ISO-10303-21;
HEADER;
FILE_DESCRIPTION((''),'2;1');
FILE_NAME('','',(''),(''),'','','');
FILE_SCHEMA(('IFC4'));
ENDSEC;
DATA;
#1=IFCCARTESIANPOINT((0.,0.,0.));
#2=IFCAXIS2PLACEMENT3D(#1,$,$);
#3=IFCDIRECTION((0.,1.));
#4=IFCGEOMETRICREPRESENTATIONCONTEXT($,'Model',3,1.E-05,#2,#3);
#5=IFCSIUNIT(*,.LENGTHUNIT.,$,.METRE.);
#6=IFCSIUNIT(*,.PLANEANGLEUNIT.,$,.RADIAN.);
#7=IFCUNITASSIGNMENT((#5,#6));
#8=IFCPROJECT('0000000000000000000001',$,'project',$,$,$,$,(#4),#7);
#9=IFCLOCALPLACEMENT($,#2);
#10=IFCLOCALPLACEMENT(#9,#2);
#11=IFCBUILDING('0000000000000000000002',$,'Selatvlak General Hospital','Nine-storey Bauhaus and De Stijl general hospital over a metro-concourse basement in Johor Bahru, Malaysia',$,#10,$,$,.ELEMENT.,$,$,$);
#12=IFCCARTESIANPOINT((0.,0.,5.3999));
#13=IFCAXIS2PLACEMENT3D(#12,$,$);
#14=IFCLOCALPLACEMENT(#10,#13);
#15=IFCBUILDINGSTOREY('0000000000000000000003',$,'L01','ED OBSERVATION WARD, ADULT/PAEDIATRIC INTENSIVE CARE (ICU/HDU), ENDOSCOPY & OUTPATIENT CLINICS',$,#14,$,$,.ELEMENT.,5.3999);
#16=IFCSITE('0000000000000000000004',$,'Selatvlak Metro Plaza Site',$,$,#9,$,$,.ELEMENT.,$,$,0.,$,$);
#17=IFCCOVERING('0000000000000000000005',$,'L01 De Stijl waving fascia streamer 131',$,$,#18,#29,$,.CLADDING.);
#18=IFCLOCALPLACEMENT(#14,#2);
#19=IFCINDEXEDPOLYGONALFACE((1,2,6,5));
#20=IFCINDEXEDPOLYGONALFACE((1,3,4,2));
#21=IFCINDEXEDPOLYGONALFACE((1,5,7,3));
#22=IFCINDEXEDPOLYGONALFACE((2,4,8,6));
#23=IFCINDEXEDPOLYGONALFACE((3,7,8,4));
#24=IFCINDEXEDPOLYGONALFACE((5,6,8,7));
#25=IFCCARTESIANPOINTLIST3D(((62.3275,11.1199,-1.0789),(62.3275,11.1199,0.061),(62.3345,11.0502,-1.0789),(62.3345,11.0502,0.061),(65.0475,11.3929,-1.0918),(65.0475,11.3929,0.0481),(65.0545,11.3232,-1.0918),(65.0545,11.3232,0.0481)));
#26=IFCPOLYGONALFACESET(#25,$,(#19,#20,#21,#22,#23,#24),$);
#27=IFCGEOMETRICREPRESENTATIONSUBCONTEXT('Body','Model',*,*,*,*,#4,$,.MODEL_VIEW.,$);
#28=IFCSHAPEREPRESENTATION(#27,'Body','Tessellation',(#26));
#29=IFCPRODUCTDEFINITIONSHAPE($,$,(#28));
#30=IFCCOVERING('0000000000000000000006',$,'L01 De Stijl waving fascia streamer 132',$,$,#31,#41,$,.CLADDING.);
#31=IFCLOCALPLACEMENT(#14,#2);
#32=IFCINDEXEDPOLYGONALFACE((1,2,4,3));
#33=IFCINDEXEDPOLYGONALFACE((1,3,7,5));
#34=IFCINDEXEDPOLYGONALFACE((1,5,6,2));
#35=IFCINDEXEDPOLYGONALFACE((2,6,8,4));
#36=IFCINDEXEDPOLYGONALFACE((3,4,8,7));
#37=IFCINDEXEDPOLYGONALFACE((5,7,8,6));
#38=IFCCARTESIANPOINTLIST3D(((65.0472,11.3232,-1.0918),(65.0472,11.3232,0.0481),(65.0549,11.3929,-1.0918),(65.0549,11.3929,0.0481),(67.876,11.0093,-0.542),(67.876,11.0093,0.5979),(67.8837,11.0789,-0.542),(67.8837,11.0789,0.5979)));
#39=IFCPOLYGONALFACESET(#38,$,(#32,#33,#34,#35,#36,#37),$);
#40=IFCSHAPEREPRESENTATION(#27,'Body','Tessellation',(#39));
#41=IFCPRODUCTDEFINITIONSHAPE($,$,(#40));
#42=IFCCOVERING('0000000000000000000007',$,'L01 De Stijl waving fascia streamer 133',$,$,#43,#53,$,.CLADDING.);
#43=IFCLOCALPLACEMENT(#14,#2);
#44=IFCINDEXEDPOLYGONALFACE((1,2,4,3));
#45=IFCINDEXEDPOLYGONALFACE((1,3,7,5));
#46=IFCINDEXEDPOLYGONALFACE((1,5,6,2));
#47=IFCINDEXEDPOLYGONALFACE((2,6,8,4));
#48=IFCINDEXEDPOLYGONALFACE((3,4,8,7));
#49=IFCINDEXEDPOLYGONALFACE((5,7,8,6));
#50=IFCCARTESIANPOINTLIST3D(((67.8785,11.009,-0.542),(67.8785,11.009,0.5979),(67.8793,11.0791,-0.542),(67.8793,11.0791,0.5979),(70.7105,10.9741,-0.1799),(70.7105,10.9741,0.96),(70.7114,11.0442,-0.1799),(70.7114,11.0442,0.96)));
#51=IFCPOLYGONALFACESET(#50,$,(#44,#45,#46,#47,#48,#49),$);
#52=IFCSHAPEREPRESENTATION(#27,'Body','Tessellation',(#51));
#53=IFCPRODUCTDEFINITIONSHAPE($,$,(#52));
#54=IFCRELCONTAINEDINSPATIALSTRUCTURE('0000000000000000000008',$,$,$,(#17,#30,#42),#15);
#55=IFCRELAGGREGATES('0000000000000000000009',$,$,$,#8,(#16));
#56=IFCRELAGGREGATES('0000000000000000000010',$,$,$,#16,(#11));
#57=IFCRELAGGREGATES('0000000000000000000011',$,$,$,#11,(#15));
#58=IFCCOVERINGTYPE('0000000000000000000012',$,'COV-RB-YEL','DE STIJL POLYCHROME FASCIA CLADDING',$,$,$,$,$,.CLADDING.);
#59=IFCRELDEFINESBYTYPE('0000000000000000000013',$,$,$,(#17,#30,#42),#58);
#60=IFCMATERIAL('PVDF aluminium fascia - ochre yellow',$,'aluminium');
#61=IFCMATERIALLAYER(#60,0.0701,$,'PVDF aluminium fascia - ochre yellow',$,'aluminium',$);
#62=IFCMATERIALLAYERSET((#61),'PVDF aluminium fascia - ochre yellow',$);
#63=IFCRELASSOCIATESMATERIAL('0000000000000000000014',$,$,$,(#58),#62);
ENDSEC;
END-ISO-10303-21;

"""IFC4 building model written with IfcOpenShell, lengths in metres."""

from ifc_helpers import new_model, si_unit, direction, frame, origin, place, context, subcontext, project, spatial, polyline, outline, extrude, material, layer, layer_set, type_object, element, save


model = new_model("IFC4")

# Units and contexts
model_context = context("Model", 3, precision=1e-05, world=origin(), true_north=direction((0.0, 1.0)))
body_context = subcontext(model_context, "Body", "Model", "MODEL_VIEW")
ifc_project = project(units=[si_unit("LENGTHUNIT", "METRE"), si_unit("PLANEANGLEUNIT", "RADIAN")], contexts=[model_context])

# Site, building, storey
site_placement = place(None, origin())
site = spatial("IfcSite", under=ifc_project, at=site_placement, Name="Selatvlak Metro Plaza Site", CompositionType="ELEMENT", RefElevation=0.0)
building_placement = place(site_placement, origin())
building = spatial("IfcBuilding", under=site, at=building_placement, Name="Selatvlak General Hospital", Description="Nine-storey Bauhaus and De Stijl general hospital over a metro-concourse basement in Johor Bahru, Malaysia", CompositionType="ELEMENT")
storey_placement = place(building_placement, frame((0.0, 0.0, 5.3999)))
storey = spatial("IfcBuildingStorey", under=building, at=storey_placement, Name="L01", Description="ED OBSERVATION WARD, ADULT/PAEDIATRIC INTENSIVE CARE (ICU/HDU), ENDOSCOPY & OUTPATIENT CLINICS", CompositionType="ELEMENT", Elevation=5.3999)

# Coverings
ifc_material_1 = material(Name="PVDF aluminium fascia - ochre yellow", Category="aluminium")
ifc_layer_1 = layer(ifc_material_1, 0.0701, Name="PVDF aluminium fascia - ochre yellow", Category="aluminium")
ifc_layer_set_1 = layer_set([ifc_layer_1], Name="PVDF aluminium fascia - ochre yellow")
covering_type = type_object("IfcCoveringType", Name="COV-RB-YEL", Description="DE STIJL POLYCHROME FASCIA CLADDING", PredefinedType="CLADDING", material=ifc_layer_set_1)
covering_1_placement = place(storey_placement, frame((62.3311, 11.085, -1.0789), z_axis=(0.0, 0.0, 1.0), x_axis=(0.995003, 0.099849, 0.0)))
element("IfcCovering", 1, at=covering_1_placement, inside=storey, type_object=covering_type, Name="L01 De Stijl waving fascia streamer 131", PredefinedType="CLADDING", context=body_context, shape_type="SweptSolid", body=[
    extrude(outline(polyline([(0.0, 0.0), (2.7336, -0.0129), (2.7336, 1.127), (0.0, 1.1399), (0.0, 0.0)])), frame((0.0, 0.0352, 0.0), z_axis=(0.0, -1.0, 0.0), x_axis=(1.0, 0.0, 0.0)), (0.0, 0.0, 1.0), 0.0701),
])
covering_2_placement = place(storey_placement, frame((65.051, 11.3579, -1.0918), z_axis=(0.0, 0.0, 1.0), x_axis=(0.993897, -0.110309, 0.0)))
element("IfcCovering", 2, at=covering_2_placement, inside=storey, type_object=covering_type, Name="L01 De Stijl waving fascia streamer 132", PredefinedType="CLADDING", context=body_context, shape_type="SweptSolid", body=[
    extrude(outline(polyline([(0.0, 0.0), (2.8462, 0.5498), (2.8462, 1.6897), (0.0, 1.1399), (0.0, 0.0)])), frame((0.0, 0.0352, 0.0), z_axis=(0.0, -1.0, 0.0), x_axis=(1.0, 0.0, 0.0)), (0.0, 0.0, 1.0), 0.0701),
])
covering_3_placement = place(storey_placement, frame((67.8789, 11.0439, -0.542), z_axis=(0.0, 0.0, 1.0), x_axis=(0.999924, -0.012327, 0.0)))
element("IfcCovering", 3, at=covering_3_placement, inside=storey, type_object=covering_type, Name="L01 De Stijl waving fascia streamer 133", PredefinedType="CLADDING", context=body_context, shape_type="SweptSolid", body=[
    extrude(outline(polyline([(0.0, 0.0), (2.8323, 0.3621), (2.8323, 1.502), (0.0, 1.1399), (0.0, 0.0)])), frame((0.0, 0.0352, 0.0), z_axis=(0.0, -1.0, 0.0), x_axis=(1.0, 0.0, 0.0)), (0.0, 0.0, 1.0), 0.0701),
])

save(model, "model.ifc")
